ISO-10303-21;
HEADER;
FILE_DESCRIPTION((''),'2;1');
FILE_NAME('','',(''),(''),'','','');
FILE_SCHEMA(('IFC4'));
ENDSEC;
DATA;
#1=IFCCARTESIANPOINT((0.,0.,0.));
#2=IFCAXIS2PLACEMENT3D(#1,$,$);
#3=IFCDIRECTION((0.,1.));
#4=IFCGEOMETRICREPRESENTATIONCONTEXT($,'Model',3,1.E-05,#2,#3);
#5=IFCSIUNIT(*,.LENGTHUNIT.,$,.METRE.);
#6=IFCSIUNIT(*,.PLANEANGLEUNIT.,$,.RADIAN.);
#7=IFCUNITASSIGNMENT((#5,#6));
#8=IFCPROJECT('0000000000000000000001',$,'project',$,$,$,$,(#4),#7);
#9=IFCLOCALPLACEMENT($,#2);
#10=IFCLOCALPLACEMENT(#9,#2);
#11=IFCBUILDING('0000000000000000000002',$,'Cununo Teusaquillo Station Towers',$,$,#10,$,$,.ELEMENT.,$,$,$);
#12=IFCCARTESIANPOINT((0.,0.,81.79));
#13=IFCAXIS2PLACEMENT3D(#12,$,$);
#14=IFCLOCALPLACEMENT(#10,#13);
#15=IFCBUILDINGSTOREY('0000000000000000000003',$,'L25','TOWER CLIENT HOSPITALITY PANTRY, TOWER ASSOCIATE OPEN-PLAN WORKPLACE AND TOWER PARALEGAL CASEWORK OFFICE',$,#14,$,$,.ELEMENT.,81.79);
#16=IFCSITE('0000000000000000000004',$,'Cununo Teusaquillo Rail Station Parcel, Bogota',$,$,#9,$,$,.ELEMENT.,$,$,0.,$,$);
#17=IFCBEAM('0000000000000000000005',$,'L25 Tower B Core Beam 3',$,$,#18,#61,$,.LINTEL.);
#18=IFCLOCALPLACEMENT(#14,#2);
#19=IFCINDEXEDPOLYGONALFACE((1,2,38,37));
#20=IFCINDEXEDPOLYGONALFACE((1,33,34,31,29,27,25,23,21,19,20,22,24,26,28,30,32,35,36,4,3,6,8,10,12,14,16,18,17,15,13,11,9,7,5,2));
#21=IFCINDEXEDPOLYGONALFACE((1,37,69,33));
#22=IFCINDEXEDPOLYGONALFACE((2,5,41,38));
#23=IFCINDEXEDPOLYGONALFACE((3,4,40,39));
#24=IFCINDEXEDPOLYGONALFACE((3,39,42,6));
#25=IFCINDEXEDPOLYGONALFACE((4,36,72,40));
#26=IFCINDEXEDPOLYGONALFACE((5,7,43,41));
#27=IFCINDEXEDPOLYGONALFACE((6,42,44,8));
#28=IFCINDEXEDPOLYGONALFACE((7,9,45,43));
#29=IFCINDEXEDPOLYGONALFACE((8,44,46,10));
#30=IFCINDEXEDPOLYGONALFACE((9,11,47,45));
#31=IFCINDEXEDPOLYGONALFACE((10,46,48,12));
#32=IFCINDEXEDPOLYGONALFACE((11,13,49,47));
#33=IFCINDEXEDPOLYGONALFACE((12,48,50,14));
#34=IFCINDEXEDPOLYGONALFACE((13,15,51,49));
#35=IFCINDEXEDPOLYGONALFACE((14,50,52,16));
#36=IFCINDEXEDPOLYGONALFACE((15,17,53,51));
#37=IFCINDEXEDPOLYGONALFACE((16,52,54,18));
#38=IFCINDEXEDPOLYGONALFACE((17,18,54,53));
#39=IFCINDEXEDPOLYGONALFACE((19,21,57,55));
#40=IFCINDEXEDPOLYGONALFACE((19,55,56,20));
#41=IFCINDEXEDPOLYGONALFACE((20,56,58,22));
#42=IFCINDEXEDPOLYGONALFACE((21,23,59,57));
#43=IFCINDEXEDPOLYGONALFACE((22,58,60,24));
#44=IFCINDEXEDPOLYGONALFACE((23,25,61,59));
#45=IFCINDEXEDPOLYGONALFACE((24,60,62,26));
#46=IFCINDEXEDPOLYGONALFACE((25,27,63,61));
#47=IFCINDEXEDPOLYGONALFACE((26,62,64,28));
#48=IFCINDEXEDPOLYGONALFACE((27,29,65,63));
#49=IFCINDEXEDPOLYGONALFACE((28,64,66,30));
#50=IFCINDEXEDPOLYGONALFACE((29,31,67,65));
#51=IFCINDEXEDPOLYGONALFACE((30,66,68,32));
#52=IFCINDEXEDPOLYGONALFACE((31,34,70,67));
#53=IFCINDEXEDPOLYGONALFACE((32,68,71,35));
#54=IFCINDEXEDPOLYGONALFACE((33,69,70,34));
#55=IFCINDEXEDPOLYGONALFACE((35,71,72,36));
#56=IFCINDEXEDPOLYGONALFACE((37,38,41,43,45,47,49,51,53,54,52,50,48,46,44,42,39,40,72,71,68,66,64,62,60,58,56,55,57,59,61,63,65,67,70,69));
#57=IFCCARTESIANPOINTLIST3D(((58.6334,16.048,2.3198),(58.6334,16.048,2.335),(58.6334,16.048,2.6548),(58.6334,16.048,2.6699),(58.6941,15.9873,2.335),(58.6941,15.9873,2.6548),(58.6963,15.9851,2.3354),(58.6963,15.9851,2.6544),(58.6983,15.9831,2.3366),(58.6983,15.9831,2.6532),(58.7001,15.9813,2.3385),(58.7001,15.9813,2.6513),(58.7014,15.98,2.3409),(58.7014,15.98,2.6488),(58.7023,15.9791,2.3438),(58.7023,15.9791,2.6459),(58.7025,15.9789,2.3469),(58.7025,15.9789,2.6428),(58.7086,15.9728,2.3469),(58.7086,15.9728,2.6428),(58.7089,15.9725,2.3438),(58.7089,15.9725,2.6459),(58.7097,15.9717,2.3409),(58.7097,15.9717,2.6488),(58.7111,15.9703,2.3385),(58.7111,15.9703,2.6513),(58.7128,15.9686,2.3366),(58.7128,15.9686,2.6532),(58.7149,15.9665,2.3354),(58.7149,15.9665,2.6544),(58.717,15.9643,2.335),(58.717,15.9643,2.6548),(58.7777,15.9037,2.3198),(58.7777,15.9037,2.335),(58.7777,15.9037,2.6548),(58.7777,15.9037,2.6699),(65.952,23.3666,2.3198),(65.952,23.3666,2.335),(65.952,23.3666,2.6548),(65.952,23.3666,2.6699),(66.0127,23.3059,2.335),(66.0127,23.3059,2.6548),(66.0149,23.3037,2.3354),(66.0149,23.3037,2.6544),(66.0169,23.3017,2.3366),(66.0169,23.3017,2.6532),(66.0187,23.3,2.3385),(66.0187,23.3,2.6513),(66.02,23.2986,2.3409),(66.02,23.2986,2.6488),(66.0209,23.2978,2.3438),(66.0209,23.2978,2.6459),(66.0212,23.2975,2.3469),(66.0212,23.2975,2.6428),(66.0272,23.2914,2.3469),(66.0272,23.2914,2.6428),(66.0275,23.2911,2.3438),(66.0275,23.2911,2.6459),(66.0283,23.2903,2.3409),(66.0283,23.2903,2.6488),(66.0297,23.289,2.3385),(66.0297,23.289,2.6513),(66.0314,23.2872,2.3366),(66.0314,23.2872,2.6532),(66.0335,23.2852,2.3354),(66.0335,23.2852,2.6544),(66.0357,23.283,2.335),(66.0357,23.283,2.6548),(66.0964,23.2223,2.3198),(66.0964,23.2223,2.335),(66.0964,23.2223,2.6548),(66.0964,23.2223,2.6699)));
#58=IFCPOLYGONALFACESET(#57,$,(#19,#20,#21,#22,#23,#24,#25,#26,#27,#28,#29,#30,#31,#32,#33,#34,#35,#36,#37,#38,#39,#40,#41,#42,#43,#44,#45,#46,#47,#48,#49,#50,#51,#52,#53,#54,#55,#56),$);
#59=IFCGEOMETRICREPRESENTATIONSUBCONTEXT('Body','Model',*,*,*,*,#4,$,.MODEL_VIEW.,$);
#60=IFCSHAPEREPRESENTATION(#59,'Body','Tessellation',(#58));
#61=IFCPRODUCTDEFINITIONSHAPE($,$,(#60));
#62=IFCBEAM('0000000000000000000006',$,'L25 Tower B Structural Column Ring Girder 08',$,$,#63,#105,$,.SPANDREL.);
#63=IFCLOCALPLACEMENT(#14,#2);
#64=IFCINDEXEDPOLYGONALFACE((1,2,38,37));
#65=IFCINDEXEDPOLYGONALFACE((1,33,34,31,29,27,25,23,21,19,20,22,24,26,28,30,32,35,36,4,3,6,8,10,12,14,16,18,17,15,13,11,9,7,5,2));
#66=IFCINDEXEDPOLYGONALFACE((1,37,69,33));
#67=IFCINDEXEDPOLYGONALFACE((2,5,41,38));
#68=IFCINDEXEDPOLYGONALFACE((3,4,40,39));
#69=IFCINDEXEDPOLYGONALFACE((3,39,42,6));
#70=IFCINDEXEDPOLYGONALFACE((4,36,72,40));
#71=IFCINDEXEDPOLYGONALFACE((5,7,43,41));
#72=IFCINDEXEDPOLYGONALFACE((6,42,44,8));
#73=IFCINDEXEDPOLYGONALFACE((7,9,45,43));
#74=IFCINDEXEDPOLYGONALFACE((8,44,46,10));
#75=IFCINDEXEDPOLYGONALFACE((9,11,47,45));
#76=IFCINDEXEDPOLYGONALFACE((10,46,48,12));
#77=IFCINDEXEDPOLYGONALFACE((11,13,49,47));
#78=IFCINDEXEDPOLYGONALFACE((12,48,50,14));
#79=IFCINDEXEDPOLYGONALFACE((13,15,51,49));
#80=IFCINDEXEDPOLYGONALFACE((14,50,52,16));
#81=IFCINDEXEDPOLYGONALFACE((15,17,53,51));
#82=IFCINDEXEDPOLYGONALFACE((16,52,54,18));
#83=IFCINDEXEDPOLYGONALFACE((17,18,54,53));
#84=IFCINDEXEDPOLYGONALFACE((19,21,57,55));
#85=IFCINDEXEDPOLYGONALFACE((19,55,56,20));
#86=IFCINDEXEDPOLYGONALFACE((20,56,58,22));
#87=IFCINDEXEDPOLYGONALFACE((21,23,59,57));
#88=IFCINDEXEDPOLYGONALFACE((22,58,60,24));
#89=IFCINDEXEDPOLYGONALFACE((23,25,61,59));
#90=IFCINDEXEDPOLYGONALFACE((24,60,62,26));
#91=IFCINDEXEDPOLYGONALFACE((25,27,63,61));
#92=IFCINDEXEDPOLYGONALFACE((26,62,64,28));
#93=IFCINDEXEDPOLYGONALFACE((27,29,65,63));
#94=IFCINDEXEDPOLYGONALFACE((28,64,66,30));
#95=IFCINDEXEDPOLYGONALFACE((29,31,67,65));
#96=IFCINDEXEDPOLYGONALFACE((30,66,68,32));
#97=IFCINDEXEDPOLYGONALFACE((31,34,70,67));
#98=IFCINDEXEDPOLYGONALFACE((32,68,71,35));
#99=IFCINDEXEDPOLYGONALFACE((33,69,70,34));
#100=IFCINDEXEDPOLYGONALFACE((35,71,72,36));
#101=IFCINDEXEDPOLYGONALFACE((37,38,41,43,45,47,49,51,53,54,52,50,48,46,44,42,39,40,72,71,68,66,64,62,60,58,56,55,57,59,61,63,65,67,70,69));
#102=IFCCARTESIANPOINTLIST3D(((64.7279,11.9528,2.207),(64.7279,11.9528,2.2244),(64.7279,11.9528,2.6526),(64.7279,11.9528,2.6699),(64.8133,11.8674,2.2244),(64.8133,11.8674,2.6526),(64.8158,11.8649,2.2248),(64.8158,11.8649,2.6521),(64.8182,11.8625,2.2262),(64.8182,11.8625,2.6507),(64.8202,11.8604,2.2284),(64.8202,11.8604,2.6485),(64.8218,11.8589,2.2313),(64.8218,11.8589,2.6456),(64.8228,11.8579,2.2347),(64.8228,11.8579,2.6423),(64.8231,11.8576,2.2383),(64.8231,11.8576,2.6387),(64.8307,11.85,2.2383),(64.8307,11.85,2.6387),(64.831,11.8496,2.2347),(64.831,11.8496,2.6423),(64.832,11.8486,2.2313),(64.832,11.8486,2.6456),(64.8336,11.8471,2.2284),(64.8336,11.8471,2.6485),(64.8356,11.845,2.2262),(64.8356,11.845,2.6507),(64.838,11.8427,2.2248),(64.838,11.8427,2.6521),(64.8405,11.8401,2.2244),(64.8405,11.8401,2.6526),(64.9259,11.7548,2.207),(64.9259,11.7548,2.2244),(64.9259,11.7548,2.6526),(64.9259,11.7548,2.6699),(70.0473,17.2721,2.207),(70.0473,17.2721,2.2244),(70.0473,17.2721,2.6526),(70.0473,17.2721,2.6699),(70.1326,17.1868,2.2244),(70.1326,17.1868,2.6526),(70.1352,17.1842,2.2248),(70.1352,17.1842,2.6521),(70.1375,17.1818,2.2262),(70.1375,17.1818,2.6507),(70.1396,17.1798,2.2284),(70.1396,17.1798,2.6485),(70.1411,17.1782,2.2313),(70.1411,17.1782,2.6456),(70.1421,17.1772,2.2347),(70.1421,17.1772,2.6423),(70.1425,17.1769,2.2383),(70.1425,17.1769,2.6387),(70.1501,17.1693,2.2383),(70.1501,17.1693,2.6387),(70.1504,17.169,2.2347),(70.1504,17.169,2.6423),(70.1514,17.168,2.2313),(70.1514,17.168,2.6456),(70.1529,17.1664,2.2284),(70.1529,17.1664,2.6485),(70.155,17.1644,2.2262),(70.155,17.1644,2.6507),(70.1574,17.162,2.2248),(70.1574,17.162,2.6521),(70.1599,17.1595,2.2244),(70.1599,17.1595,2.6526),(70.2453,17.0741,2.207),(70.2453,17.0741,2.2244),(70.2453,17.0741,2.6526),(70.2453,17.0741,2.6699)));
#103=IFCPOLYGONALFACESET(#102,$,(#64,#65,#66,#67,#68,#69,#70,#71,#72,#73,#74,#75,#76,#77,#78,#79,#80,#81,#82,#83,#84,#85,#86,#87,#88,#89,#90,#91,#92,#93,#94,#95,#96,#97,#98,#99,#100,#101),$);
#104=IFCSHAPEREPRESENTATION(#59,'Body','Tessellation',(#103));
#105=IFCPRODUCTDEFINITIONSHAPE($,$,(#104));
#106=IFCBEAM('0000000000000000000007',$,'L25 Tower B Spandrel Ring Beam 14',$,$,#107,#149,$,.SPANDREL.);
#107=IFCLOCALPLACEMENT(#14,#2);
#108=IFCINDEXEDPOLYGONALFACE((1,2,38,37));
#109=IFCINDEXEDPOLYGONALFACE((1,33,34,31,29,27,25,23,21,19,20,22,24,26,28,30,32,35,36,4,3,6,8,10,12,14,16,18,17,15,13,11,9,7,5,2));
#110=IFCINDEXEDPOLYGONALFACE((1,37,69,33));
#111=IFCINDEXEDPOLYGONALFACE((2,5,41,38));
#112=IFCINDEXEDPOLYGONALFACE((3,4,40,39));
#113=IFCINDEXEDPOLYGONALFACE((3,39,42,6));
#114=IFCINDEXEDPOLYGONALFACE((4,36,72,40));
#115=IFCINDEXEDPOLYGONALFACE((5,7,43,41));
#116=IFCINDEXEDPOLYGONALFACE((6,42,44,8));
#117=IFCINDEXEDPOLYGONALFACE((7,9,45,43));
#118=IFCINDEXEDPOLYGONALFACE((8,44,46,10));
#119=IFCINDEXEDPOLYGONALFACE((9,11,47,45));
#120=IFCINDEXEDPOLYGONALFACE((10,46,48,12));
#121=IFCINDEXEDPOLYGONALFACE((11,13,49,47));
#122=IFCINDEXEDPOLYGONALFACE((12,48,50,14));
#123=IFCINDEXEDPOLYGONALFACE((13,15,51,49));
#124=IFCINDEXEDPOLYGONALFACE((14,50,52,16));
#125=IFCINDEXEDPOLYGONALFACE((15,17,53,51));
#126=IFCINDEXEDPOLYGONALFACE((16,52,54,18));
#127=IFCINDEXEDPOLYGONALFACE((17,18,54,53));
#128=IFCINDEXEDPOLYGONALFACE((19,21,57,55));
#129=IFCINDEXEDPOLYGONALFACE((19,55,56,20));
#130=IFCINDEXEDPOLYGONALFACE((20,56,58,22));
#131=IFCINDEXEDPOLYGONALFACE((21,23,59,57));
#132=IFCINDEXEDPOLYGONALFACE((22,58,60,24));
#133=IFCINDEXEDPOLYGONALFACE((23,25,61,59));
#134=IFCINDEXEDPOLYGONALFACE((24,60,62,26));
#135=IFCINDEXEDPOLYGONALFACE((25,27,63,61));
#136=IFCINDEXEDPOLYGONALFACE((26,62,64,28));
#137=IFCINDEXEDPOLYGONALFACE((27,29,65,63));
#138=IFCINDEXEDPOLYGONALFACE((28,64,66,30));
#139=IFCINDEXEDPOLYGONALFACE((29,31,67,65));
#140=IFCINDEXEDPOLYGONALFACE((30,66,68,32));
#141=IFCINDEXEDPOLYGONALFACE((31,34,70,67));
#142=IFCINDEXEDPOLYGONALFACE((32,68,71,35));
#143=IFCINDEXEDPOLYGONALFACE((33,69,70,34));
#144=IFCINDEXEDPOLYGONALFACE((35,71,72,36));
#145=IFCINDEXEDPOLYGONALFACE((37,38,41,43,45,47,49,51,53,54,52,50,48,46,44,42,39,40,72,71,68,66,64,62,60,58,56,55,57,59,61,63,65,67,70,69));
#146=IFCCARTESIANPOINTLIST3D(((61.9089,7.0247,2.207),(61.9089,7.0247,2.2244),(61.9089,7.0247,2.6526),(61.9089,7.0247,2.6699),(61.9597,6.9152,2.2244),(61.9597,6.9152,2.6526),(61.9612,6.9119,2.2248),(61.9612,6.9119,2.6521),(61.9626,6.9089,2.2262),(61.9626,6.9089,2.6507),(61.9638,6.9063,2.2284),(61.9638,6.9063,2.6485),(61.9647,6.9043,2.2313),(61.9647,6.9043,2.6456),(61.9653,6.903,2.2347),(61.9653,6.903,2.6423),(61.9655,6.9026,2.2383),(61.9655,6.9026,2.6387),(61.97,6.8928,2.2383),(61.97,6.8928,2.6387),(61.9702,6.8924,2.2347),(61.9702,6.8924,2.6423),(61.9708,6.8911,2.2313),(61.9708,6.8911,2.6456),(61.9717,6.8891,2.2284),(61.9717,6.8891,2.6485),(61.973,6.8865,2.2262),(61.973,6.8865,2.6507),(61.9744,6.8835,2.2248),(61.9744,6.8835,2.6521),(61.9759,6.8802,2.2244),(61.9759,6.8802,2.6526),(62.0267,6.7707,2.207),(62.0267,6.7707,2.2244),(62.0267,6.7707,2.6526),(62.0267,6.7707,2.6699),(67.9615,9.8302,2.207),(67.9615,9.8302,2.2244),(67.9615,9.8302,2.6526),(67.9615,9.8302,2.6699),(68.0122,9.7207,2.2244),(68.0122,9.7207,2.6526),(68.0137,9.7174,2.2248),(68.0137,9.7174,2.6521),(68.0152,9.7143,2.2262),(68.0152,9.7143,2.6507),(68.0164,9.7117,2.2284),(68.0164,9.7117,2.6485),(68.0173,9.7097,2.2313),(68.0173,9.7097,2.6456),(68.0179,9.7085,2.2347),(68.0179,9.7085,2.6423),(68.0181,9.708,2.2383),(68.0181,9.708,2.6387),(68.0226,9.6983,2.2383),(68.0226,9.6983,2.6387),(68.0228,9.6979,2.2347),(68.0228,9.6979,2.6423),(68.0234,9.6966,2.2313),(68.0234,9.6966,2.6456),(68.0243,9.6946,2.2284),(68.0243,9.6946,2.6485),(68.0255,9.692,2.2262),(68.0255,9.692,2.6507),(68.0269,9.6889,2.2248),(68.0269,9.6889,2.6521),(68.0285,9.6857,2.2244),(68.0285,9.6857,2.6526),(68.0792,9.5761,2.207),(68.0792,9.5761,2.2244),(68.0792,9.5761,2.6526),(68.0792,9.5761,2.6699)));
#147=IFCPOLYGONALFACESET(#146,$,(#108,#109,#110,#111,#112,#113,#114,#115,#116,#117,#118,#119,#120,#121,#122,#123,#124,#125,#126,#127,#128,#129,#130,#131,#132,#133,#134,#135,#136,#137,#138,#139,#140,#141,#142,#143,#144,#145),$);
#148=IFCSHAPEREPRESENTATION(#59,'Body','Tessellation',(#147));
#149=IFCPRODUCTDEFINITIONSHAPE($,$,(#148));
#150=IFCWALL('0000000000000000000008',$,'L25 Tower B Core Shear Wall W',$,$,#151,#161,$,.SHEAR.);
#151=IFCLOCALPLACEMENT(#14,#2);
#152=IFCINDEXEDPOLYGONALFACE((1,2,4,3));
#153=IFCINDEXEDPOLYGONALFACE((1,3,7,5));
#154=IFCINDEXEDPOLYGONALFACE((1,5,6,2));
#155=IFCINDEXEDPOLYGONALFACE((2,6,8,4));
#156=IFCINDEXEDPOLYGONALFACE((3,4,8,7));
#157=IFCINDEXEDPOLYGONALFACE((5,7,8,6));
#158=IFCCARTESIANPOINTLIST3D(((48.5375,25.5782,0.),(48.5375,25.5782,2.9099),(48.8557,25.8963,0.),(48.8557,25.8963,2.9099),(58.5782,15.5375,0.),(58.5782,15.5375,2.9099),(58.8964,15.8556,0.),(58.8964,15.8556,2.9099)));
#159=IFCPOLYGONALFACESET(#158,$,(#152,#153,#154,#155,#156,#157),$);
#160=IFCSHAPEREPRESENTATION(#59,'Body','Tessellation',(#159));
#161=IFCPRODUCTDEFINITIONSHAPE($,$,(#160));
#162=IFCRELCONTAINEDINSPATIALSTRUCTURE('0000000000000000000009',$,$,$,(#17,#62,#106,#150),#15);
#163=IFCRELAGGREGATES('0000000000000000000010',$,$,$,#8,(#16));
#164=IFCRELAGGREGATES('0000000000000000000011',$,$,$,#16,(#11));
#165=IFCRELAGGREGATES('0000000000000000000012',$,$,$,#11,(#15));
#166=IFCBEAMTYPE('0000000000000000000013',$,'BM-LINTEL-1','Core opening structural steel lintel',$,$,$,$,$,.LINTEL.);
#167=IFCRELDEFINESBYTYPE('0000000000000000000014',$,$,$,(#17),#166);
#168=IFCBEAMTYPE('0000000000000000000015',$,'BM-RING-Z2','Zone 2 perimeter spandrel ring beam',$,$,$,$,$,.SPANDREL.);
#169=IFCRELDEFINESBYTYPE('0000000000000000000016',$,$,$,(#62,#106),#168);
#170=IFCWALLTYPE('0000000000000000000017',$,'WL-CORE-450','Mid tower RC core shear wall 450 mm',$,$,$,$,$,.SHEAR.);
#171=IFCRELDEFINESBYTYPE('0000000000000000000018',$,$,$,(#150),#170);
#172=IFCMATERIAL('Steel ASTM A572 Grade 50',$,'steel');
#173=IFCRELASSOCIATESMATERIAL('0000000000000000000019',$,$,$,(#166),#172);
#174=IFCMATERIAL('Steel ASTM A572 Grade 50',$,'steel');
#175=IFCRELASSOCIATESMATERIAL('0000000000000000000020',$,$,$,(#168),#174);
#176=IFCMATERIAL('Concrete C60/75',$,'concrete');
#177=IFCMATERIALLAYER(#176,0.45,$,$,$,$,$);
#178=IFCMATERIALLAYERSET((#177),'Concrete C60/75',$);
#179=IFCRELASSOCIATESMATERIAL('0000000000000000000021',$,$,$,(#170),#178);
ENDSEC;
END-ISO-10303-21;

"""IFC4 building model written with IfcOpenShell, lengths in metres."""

from ifc_helpers import new_model, si_unit, direction, frame, frame_2d, origin, origin_2d, place, context, subcontext, project, spatial, rectangle, i_section, extrude, material, layer, layer_set, material_profile, profile_set, type_object, element, save


model = new_model("IFC4")

# Units and contexts
model_context = context("Model", 3, precision=1e-05, world=origin(), true_north=direction((0.0, 1.0)))
body_context = subcontext(model_context, "Body", "Model", "MODEL_VIEW")
ifc_project = project(units=[si_unit("LENGTHUNIT", "METRE"), si_unit("PLANEANGLEUNIT", "RADIAN")], contexts=[model_context])

# Site, building, storey
site_placement = place(None, origin())
site = spatial("IfcSite", under=ifc_project, at=site_placement, Name="Cununo Teusaquillo Rail Station Parcel, Bogota", CompositionType="ELEMENT", RefElevation=0.0)
building_placement = place(site_placement, origin())
building = spatial("IfcBuilding", under=site, at=building_placement, Name="Cununo Teusaquillo Station Towers", CompositionType="ELEMENT")
storey_placement = place(building_placement, frame((0.0, 0.0, 81.79)))
storey = spatial("IfcBuildingStorey", under=building, at=storey_placement, Name="L25", Description="TOWER CLIENT HOSPITALITY PANTRY, TOWER ASSOCIATE OPEN-PLAN WORKPLACE AND TOWER PARALEGAL CASEWORK OFFICE", CompositionType="ELEMENT", Elevation=81.79)

# Beams
ifc_material_1 = material(Name="Steel ASTM A572 Grade 50", Category="steel")
ifc_material_profile_1 = material_profile(ifc_material_1, i_section(OverallWidth=0.2041, OverallDepth=0.3501, WebThickness=0.0085, FlangeThickness=0.0151, FilletRadius=0.012, at=origin_2d()), Name="W14X48")
ifc_profile_set_1 = profile_set([ifc_material_profile_1], Name="Steel ASTM A572 Grade 50")
beam_type_1 = type_object("IfcBeamType", Name="BM-LINTEL-1", Description="Core opening structural steel lintel", PredefinedType="LINTEL", material=ifc_profile_set_1)
beam_1_placement = place(storey_placement, frame((58.7056, 15.9758, 2.4949), z_axis=(0.707107, 0.707107, 0.0), x_axis=(-0.707107, 0.707107, 0.0)))
element("IfcBeam", 1, at=beam_1_placement, inside=storey, type_object=beam_type_1, Name="L25 Tower B Core Beam 3", PredefinedType="LINTEL", context=body_context, shape_type="SweptSolid", body=[
    extrude(i_section(OverallWidth=0.2041, OverallDepth=0.3501, WebThickness=0.0085, FlangeThickness=0.0151, FilletRadius=0.012, at=origin_2d()), origin(), (0.0, 0.0, 1.0), 10.3501),
])
ifc_material_2 = material(Name="Steel ASTM A572 Grade 50", Category="steel")
ifc_material_profile_2 = material_profile(ifc_material_2, i_section(OverallWidth=0.28, OverallDepth=0.4629, WebThickness=0.0107, FlangeThickness=0.0173, FilletRadius=0.0139, at=origin_2d()), Name="W18X76")
ifc_profile_set_2 = profile_set([ifc_material_profile_2], Name="Steel ASTM A572 Grade 50")
beam_type_2 = type_object("IfcBeamType", Name="BM-RING-Z2", Description="Zone 2 perimeter spandrel ring beam", PredefinedType="SPANDREL", material=ifc_profile_set_2)
beam_2_placement = place(storey_placement, frame((64.8269, 11.8538, 2.4385), z_axis=(0.707107, 0.707107, 0.0), x_axis=(-0.707107, 0.707107, 0.0)))
element("IfcBeam", 2, at=beam_2_placement, inside=storey, type_object=beam_type_2, Name="L25 Tower B Structural Column Ring Girder 08", PredefinedType="SPANDREL", context=body_context, shape_type="SweptSolid", body=[
    extrude(i_section(OverallWidth=0.28, OverallDepth=0.4629, WebThickness=0.0107, FlangeThickness=0.0173, FilletRadius=0.0139, at=origin_2d()), origin(), (0.0, 0.0, 1.0), 7.5227),
])
beam_3_placement = place(storey_placement, frame((61.9678, 6.8977, 2.4385), z_axis=(0.907276, 0.420536, 0.0), x_axis=(-0.420536, 0.907276, 0.0)))
element("IfcBeam", 3, at=beam_3_placement, inside=storey, type_object=beam_type_2, Name="L25 Tower B Spandrel Ring Beam 14", PredefinedType="SPANDREL", context=body_context, shape_type="SweptSolid", body=[
    extrude(i_section(OverallWidth=0.28, OverallDepth=0.4629, WebThickness=0.0107, FlangeThickness=0.0173, FilletRadius=0.0139, at=origin_2d()), origin(), (0.0, 0.0, 1.0), 6.6711),
])

# Wall
ifc_material_3 = material(Name="Concrete C60/75", Category="concrete")
ifc_layer_1 = layer(ifc_material_3, 0.45)
ifc_layer_set_1 = layer_set([ifc_layer_1], Name="Concrete C60/75")
wall_type_1 = type_object("IfcWallType", Name="WL-CORE-450", Description="Mid tower RC core shear wall 450 mm", PredefinedType="SHEAR", material=ifc_layer_set_1)
wall_1_placement = place(storey_placement, frame((58.7373, 15.6965, 0.0), z_axis=(0.0, 0.0, 1.0), x_axis=(-0.707107, 0.707107, 0.0)))
element("IfcWall", 4, at=wall_1_placement, inside=storey, type_object=wall_type_1, Name="L25 Tower B Core Shear Wall W", PredefinedType="SHEAR", context=body_context, shape_type="SweptSolid", body=[
    extrude(rectangle(XDim=14.1997, YDim=0.45, at=frame_2d((7.0999, 0.0))), origin(), (0.0, 0.0, 1.0), 2.9099),
])

save(model, "model.ifc")
